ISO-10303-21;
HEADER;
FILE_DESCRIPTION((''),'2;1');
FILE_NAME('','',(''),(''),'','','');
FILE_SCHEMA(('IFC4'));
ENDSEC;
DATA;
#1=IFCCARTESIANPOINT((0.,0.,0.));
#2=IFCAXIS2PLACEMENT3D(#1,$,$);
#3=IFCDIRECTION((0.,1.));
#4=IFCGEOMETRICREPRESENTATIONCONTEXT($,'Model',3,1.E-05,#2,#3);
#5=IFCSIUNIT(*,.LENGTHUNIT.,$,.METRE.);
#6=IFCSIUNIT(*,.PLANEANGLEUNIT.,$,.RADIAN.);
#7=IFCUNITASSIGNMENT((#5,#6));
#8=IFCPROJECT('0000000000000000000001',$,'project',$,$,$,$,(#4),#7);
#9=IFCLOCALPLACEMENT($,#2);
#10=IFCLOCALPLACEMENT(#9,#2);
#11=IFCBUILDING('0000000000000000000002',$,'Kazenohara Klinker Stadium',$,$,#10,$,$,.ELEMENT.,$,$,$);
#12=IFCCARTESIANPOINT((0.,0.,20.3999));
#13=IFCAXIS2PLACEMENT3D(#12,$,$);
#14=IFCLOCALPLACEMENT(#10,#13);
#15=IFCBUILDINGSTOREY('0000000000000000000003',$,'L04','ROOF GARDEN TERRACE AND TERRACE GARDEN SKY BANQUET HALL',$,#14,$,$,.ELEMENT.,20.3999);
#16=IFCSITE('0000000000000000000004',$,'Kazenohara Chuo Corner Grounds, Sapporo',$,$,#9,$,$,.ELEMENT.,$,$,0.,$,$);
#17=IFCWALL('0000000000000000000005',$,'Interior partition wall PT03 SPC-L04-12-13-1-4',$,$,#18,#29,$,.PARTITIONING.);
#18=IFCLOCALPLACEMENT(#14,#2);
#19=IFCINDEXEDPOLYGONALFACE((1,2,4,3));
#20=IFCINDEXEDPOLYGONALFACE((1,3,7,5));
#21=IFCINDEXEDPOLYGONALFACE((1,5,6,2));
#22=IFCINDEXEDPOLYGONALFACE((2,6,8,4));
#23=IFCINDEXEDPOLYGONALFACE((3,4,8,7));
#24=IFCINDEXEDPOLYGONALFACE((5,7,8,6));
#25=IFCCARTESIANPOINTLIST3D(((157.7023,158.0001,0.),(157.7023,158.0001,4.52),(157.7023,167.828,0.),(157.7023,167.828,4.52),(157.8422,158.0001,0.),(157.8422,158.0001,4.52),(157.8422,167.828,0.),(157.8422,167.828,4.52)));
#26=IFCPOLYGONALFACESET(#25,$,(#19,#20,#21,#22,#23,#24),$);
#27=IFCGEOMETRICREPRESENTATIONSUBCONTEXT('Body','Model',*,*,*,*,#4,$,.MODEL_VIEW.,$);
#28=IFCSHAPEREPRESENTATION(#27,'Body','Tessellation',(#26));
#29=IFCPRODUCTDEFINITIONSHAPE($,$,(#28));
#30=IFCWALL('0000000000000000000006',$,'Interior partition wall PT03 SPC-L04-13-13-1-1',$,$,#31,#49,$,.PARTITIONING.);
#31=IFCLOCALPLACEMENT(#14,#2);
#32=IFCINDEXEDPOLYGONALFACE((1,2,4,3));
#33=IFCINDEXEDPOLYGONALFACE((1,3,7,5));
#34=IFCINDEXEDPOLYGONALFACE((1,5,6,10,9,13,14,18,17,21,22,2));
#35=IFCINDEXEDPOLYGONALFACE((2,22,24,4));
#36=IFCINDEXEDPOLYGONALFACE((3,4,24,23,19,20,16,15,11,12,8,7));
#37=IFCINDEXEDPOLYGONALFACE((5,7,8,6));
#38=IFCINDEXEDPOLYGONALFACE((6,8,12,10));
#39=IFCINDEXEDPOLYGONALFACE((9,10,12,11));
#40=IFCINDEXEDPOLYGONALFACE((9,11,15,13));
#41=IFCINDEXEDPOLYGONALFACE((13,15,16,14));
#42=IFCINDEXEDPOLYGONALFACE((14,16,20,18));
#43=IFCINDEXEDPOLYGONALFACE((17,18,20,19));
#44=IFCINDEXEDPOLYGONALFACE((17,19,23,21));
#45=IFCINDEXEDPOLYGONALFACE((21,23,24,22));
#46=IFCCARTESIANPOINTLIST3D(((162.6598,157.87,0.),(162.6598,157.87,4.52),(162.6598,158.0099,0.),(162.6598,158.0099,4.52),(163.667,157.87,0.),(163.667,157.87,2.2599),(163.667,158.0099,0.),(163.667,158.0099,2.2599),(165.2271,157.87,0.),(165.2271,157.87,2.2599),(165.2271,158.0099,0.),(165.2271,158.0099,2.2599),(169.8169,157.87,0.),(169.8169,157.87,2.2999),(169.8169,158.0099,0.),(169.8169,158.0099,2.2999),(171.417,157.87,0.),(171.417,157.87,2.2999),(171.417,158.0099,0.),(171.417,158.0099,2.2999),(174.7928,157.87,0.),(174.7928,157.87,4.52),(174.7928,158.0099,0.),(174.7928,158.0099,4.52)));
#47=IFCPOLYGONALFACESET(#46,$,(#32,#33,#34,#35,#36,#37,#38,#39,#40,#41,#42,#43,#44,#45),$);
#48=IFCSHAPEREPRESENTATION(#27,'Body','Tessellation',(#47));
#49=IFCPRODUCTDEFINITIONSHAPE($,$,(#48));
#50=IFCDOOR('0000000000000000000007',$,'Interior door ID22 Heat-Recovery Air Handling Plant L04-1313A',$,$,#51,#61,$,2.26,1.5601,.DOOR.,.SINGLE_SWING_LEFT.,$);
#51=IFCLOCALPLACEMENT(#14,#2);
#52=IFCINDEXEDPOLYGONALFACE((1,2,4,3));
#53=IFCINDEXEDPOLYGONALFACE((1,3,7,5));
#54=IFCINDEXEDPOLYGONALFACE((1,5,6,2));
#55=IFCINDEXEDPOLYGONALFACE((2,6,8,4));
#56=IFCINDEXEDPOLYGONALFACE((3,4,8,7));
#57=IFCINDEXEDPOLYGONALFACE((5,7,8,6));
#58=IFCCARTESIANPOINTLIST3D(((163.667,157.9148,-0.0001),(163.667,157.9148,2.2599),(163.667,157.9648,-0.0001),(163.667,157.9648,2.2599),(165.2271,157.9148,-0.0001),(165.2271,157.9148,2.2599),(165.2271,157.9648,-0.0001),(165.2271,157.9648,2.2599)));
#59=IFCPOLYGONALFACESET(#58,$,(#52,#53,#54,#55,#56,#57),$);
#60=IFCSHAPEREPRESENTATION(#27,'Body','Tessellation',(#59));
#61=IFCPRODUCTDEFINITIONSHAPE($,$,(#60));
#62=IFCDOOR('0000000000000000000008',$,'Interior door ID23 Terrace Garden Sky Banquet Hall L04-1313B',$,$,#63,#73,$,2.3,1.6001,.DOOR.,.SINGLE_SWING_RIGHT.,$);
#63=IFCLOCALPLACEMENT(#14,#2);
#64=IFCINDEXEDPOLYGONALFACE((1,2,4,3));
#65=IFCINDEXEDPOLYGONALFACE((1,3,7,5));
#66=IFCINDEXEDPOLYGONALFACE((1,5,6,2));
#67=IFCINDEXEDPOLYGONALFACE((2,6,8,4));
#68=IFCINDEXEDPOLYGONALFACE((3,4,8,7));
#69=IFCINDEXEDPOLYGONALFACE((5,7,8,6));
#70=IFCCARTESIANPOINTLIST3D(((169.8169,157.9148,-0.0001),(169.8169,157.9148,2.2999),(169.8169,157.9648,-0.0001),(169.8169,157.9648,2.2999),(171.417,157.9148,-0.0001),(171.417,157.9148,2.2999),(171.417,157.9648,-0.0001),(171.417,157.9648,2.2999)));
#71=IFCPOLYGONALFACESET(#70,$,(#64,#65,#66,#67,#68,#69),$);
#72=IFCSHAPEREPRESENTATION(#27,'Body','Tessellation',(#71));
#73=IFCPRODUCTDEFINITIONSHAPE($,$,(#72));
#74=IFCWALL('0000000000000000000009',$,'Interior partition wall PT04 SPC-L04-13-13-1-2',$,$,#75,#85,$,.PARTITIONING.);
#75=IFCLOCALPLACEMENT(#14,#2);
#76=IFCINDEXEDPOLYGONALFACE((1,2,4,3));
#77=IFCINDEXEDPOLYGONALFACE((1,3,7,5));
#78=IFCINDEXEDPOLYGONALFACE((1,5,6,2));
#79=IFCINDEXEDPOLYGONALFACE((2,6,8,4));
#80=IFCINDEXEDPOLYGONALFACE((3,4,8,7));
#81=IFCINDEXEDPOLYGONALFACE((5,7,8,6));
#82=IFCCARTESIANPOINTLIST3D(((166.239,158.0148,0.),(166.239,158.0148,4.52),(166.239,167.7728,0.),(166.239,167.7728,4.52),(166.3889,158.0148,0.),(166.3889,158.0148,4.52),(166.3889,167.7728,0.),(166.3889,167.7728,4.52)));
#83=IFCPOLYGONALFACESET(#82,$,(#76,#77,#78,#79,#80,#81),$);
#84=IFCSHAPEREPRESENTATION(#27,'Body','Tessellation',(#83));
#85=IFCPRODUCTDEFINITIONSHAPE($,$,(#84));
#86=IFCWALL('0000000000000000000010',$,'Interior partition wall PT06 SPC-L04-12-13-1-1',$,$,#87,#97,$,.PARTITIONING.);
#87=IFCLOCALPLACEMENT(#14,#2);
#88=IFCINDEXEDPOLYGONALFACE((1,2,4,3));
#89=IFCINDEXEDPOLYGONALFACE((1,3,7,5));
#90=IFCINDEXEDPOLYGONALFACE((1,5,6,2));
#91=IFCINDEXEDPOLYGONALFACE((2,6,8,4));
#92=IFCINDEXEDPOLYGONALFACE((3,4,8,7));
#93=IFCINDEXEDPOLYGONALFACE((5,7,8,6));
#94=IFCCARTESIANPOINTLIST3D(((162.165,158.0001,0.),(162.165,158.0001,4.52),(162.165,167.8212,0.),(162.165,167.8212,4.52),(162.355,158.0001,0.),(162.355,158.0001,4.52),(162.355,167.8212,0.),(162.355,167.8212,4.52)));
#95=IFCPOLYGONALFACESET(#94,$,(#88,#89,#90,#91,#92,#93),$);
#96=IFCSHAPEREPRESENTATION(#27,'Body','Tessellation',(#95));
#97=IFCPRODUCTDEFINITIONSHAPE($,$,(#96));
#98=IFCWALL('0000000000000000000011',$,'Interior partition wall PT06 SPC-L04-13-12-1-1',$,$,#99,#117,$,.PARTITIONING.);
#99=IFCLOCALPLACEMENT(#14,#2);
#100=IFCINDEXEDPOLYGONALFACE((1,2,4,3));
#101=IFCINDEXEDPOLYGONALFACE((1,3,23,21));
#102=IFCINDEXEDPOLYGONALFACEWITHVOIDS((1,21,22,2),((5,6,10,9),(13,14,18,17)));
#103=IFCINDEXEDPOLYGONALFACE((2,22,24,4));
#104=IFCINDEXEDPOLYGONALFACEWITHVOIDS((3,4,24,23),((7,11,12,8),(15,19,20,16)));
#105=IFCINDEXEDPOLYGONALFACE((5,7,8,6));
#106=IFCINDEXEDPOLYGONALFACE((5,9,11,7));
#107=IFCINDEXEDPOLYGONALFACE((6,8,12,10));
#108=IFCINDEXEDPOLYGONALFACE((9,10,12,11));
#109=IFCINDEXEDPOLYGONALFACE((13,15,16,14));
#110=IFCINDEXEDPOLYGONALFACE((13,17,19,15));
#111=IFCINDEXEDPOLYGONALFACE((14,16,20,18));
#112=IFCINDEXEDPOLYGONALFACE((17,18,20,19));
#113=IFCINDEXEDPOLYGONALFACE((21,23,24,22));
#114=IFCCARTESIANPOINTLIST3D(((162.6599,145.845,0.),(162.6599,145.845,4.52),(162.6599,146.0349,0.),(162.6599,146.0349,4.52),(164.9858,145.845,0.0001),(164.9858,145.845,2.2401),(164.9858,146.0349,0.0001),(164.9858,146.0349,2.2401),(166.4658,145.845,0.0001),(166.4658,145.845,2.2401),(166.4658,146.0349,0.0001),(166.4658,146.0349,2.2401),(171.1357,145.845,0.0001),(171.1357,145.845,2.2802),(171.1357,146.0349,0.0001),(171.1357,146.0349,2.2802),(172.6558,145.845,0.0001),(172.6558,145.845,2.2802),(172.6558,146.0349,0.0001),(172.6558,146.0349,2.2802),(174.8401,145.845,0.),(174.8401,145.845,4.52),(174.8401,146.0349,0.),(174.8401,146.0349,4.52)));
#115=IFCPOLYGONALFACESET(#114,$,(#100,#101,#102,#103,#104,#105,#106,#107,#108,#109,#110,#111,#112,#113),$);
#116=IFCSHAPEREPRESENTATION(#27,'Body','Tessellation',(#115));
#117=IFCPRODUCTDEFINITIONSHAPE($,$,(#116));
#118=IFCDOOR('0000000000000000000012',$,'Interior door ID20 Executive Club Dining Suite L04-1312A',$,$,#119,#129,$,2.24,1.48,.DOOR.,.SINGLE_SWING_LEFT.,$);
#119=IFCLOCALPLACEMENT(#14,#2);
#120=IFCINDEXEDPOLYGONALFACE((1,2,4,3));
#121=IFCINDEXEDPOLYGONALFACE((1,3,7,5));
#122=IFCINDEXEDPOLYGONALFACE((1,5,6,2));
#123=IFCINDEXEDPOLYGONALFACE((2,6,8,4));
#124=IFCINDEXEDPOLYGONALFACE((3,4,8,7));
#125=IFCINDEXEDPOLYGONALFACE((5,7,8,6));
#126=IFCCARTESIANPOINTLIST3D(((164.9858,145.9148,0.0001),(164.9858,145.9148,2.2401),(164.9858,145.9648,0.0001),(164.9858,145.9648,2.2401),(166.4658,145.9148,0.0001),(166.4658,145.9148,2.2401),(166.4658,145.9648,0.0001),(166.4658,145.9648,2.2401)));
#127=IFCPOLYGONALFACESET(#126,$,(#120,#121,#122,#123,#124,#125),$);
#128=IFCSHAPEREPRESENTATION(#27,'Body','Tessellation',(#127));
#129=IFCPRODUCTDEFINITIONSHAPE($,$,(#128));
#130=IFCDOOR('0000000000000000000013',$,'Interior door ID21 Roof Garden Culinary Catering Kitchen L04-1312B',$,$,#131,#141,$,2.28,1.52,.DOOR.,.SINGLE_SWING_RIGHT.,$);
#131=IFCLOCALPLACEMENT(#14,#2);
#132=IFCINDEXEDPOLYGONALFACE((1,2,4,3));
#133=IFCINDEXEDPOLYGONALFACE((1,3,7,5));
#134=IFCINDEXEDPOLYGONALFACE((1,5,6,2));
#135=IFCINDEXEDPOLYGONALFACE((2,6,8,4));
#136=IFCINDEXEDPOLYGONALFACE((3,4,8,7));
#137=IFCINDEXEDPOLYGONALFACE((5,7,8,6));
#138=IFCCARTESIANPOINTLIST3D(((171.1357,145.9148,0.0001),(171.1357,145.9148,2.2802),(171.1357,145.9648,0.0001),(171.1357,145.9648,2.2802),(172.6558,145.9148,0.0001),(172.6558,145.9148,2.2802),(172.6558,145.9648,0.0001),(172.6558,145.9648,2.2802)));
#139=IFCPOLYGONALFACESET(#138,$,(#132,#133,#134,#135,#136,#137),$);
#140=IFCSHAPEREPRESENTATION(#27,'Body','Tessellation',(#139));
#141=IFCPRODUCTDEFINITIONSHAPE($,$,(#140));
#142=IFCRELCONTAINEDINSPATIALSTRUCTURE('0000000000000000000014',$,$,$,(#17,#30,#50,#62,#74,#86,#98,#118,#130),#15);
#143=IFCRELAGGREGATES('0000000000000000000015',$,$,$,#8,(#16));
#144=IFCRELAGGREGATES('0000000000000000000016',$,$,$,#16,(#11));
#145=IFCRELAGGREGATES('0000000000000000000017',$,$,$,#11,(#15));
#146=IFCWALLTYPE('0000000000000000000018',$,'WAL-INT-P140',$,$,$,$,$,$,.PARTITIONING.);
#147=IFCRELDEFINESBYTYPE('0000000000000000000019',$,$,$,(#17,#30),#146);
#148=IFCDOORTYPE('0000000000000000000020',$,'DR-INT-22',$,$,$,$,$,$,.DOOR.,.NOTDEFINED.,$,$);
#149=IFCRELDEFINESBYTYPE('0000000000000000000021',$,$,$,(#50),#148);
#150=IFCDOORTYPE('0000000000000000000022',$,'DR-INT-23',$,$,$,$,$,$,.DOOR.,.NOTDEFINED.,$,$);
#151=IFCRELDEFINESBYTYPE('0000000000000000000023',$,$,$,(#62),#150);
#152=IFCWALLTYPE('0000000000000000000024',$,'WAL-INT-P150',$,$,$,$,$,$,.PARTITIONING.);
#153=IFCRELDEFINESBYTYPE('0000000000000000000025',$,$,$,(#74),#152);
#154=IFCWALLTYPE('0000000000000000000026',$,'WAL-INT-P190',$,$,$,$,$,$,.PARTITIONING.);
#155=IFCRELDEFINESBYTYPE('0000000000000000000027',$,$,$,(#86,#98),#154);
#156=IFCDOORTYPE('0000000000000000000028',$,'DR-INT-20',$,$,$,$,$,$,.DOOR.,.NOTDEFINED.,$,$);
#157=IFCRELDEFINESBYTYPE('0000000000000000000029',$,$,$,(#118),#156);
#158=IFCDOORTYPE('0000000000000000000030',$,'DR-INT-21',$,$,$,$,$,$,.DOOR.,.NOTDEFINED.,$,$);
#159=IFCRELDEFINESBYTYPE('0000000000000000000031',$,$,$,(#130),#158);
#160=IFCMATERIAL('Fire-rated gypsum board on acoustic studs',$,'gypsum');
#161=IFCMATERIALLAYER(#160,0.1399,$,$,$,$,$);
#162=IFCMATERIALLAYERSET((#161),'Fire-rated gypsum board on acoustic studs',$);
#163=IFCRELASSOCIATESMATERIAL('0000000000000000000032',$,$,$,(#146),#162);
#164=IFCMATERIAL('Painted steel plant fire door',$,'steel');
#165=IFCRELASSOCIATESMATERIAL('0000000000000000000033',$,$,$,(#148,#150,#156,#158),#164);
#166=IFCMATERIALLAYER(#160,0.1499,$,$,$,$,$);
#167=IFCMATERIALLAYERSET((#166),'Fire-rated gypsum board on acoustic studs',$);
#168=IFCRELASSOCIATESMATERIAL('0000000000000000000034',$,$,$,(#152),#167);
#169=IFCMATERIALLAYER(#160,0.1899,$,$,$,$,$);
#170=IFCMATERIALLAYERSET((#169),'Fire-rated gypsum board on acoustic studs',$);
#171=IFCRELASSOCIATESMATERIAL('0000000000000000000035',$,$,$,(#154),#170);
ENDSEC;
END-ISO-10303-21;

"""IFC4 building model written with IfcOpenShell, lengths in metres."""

from ifc_helpers import new_model, si_unit, direction, frame, frame_2d, origin, place, context, subcontext, project, spatial, rectangle, extrude, material, layer, layer_set, type_object, element, fill, save


model = new_model("IFC4")

# Units and contexts
model_context = context("Model", 3, precision=1e-05, world=origin(), true_north=direction((0.0, 1.0)))
body_context = subcontext(model_context, "Body", "Model", "MODEL_VIEW")
ifc_project = project(units=[si_unit("LENGTHUNIT", "METRE"), si_unit("PLANEANGLEUNIT", "RADIAN")], contexts=[model_context])

# Site, building, storey
site_placement = place(None, origin())
site = spatial("IfcSite", under=ifc_project, at=site_placement, Name="Kazenohara Chuo Corner Grounds, Sapporo", CompositionType="ELEMENT", RefElevation=0.0)
building_placement = place(site_placement, origin())
building = spatial("IfcBuilding", under=site, at=building_placement, Name="Kazenohara Klinker Stadium", CompositionType="ELEMENT")
storey_placement = place(building_placement, frame((0.0, 0.0, 20.3999)))
storey = spatial("IfcBuildingStorey", under=building, at=storey_placement, Name="L04", Description="ROOF GARDEN TERRACE AND TERRACE GARDEN SKY BANQUET HALL", CompositionType="ELEMENT", Elevation=20.3999)

# Wall
ifc_material_1 = material(Name="Fire-rated gypsum board on acoustic studs", Category="gypsum")
ifc_layer_1 = layer(ifc_material_1, 0.1399)
ifc_layer_set_1 = layer_set([ifc_layer_1], Name="Fire-rated gypsum board on acoustic studs")
wall_type_1 = type_object("IfcWallType", Name="WAL-INT-P140", PredefinedType="PARTITIONING", material=ifc_layer_set_1)
wall_1_placement = place(storey_placement, frame((157.7722, 158.0, 0.0), z_axis=(0.0, 0.0, 1.0), x_axis=(0.0, 1.0, 0.0)))
element("IfcWall", 1, at=wall_1_placement, inside=storey, type_object=wall_type_1, Name="Interior partition wall PT03 SPC-L04-12-13-1-4", PredefinedType="PARTITIONING", context=body_context, shape_type="SweptSolid", body=[
    extrude(rectangle(XDim=9.8279, YDim=0.1399, at=frame_2d((4.9141, 0.0))), origin(), (0.0, 0.0, 1.0), 4.52),
])

# Wall, openings, doors
wall_2_placement = place(storey_placement, frame((162.6599, 157.9399, 0.0), z_axis=(0.0, 0.0, 1.0), x_axis=(1.0, 0.0, 0.0)))
wall_2 = element("IfcWall", 2, at=wall_2_placement, inside=storey, type_object=wall_type_1, Name="Interior partition wall PT03 SPC-L04-13-13-1-1", PredefinedType="PARTITIONING", context=body_context, shape_type="SweptSolid", body=[
    extrude(rectangle(XDim=12.1331, YDim=0.1399, at=frame_2d((6.0664, 0.0))), origin(), (0.0, 0.0, 1.0), 4.52),
])
opening_1_placement = place(wall_2_placement, frame((1.0071, 0.0, 0.0)))
opening_1 = element("IfcOpeningElement", 3, at=opening_1_placement, cuts=wall_2, PredefinedType="OPENING", context=body_context, shape_type="SweptSolid", body=[
    extrude(rectangle(XDim=1.5601, YDim=2.26, at=frame_2d((0.78, 1.1299))), frame((0.0, 0.0801, 0.0), z_axis=(0.0, -1.0, 0.0), x_axis=(1.0, 0.0, 0.0)), (0.0, 0.0, 1.0), 0.1599),
])
opening_2_placement = place(wall_2_placement, frame((7.157, 0.0, 0.0)))
opening_2 = element("IfcOpeningElement", 4, at=opening_2_placement, cuts=wall_2, PredefinedType="OPENING", context=body_context, shape_type="SweptSolid", body=[
    extrude(rectangle(XDim=1.6001, YDim=2.3, at=frame_2d((0.8, 1.1499))), frame((0.0, 0.0801, 0.0), z_axis=(0.0, -1.0, 0.0), x_axis=(1.0, 0.0, 0.0)), (0.0, 0.0, 1.0), 0.1599),
])
ifc_material_2 = material(Name="Painted steel plant fire door", Category="steel")
door_type_1 = type_object("IfcDoorType", Name="DR-INT-22", OperationType="NOTDEFINED", PredefinedType="DOOR", material=ifc_material_2)
door_1_placement = place(opening_1_placement, origin())
door_1 = element("IfcDoor", 5, at=door_1_placement, inside=storey, type_object=door_type_1, Name="Interior door ID22 Heat-Recovery Air Handling Plant L04-1313A", OperationType="SINGLE_SWING_LEFT", OverallHeight=2.26, OverallWidth=1.5601, PredefinedType="DOOR", context=body_context, shape_type="SweptSolid", body=[
    extrude(rectangle(XDim=1.5601, YDim=2.26, at=frame_2d((0.78, 1.1299))), frame((0.0, 0.0249, 0.0), z_axis=(0.0, -1.0, 0.0), x_axis=(1.0, 0.0, 0.0)), (0.0, 0.0, 1.0), 0.05),
])
fill(opening_1, door_1)
door_type_2 = type_object("IfcDoorType", Name="DR-INT-23", OperationType="NOTDEFINED", PredefinedType="DOOR", material=ifc_material_2)
door_2_placement = place(opening_2_placement, origin())
door_2 = element("IfcDoor", 6, at=door_2_placement, inside=storey, type_object=door_type_2, Name="Interior door ID23 Terrace Garden Sky Banquet Hall L04-1313B", OperationType="SINGLE_SWING_RIGHT", OverallHeight=2.3, OverallWidth=1.6001, PredefinedType="DOOR", context=body_context, shape_type="SweptSolid", body=[
    extrude(rectangle(XDim=1.6001, YDim=2.3, at=frame_2d((0.8, 1.1499))), frame((0.0, 0.0249, 0.0), z_axis=(0.0, -1.0, 0.0), x_axis=(1.0, 0.0, 0.0)), (0.0, 0.0, 1.0), 0.05),
])
fill(opening_2, door_2)

# Walls
ifc_layer_2 = layer(ifc_material_1, 0.1499)
ifc_layer_set_2 = layer_set([ifc_layer_2], Name="Fire-rated gypsum board on acoustic studs")
wall_type_2 = type_object("IfcWallType", Name="WAL-INT-P150", PredefinedType="PARTITIONING", material=ifc_layer_set_2)
wall_3_placement = place(storey_placement, frame((166.314, 158.0149, 0.0), z_axis=(0.0, 0.0, 1.0), x_axis=(0.0, 1.0, 0.0)))
element("IfcWall", 7, at=wall_3_placement, inside=storey, type_object=wall_type_2, Name="Interior partition wall PT04 SPC-L04-13-13-1-2", PredefinedType="PARTITIONING", context=body_context, shape_type="SweptSolid", body=[
    extrude(rectangle(XDim=9.7581, YDim=0.1499, at=frame_2d((4.8789, 0.0))), origin(), (0.0, 0.0, 1.0), 4.52),
])
ifc_layer_3 = layer(ifc_material_1, 0.1899)
ifc_layer_set_3 = layer_set([ifc_layer_3], Name="Fire-rated gypsum board on acoustic studs")
wall_type_3 = type_object("IfcWallType", Name="WAL-INT-P190", PredefinedType="PARTITIONING", material=ifc_layer_set_3)
wall_4_placement = place(storey_placement, frame((162.26, 158.0, 0.0), z_axis=(0.0, 0.0, 1.0), x_axis=(0.0, 1.0, 0.0)))
element("IfcWall", 8, at=wall_4_placement, inside=storey, type_object=wall_type_3, Name="Interior partition wall PT06 SPC-L04-12-13-1-1", PredefinedType="PARTITIONING", context=body_context, shape_type="SweptSolid", body=[
    extrude(rectangle(XDim=9.821, YDim=0.1899, at=frame_2d((4.9106, 0.0))), origin(), (0.0, 0.0, 1.0), 4.52),
])

# Wall, openings, doors
wall_5_placement = place(storey_placement, frame((162.6599, 145.9399, 0.0), z_axis=(0.0, 0.0, 1.0), x_axis=(1.0, 0.0, 0.0)))
wall_5 = element("IfcWall", 9, at=wall_5_placement, inside=storey, type_object=wall_type_3, Name="Interior partition wall PT06 SPC-L04-13-12-1-1", PredefinedType="PARTITIONING", context=body_context, shape_type="SweptSolid", body=[
    extrude(rectangle(XDim=12.1802, YDim=0.1899, at=frame_2d((6.0901, 0.0))), origin(), (0.0, 0.0, 1.0), 4.52),
])
opening_3_placement = place(wall_5_placement, frame((2.3259, 0.0, 0.0)))
opening_3 = element("IfcOpeningElement", 10, at=opening_3_placement, cuts=wall_5, PredefinedType="OPENING", context=body_context, shape_type="SweptSolid", body=[
    extrude(rectangle(XDim=1.48, YDim=2.24, at=frame_2d((0.74, 1.1201))), frame((0.0, 0.105, 0.0), z_axis=(0.0, -1.0, 0.0), x_axis=(1.0, 0.0, 0.0)), (0.0, 0.0, 1.0), 0.21),
])
opening_4_placement = place(wall_5_placement, frame((8.4758, 0.0, 0.0)))
opening_4 = element("IfcOpeningElement", 11, at=opening_4_placement, cuts=wall_5, PredefinedType="OPENING", context=body_context, shape_type="SweptSolid", body=[
    extrude(rectangle(XDim=1.52, YDim=2.28, at=frame_2d((0.76, 1.1401))), frame((0.0, 0.105, 0.0), z_axis=(0.0, -1.0, 0.0), x_axis=(1.0, 0.0, 0.0)), (0.0, 0.0, 1.0), 0.21),
])
door_type_3 = type_object("IfcDoorType", Name="DR-INT-20", OperationType="NOTDEFINED", PredefinedType="DOOR", material=ifc_material_2)
door_3_placement = place(opening_3_placement, origin())
door_3 = element("IfcDoor", 12, at=door_3_placement, inside=storey, type_object=door_type_3, Name="Interior door ID20 Executive Club Dining Suite L04-1312A", OperationType="SINGLE_SWING_LEFT", OverallHeight=2.24, OverallWidth=1.48, PredefinedType="DOOR", context=body_context, shape_type="SweptSolid", body=[
    extrude(rectangle(XDim=1.48, YDim=2.24, at=frame_2d((0.74, 1.1201))), frame((0.0, 0.0249, 0.0), z_axis=(0.0, -1.0, 0.0), x_axis=(1.0, 0.0, 0.0)), (0.0, 0.0, 1.0), 0.05),
])
fill(opening_3, door_3)
door_type_4 = type_object("IfcDoorType", Name="DR-INT-21", OperationType="NOTDEFINED", PredefinedType="DOOR", material=ifc_material_2)
door_4_placement = place(opening_4_placement, origin())
door_4 = element("IfcDoor", 13, at=door_4_placement, inside=storey, type_object=door_type_4, Name="Interior door ID21 Roof Garden Culinary Catering Kitchen L04-1312B", OperationType="SINGLE_SWING_RIGHT", OverallHeight=2.28, OverallWidth=1.52, PredefinedType="DOOR", context=body_context, shape_type="SweptSolid", body=[
    extrude(rectangle(XDim=1.52, YDim=2.28, at=frame_2d((0.76, 1.1401))), frame((0.0, 0.0249, 0.0), z_axis=(0.0, -1.0, 0.0), x_axis=(1.0, 0.0, 0.0)), (0.0, 0.0, 1.0), 0.05),
])
fill(opening_4, door_4)

save(model, "model.ifc")
